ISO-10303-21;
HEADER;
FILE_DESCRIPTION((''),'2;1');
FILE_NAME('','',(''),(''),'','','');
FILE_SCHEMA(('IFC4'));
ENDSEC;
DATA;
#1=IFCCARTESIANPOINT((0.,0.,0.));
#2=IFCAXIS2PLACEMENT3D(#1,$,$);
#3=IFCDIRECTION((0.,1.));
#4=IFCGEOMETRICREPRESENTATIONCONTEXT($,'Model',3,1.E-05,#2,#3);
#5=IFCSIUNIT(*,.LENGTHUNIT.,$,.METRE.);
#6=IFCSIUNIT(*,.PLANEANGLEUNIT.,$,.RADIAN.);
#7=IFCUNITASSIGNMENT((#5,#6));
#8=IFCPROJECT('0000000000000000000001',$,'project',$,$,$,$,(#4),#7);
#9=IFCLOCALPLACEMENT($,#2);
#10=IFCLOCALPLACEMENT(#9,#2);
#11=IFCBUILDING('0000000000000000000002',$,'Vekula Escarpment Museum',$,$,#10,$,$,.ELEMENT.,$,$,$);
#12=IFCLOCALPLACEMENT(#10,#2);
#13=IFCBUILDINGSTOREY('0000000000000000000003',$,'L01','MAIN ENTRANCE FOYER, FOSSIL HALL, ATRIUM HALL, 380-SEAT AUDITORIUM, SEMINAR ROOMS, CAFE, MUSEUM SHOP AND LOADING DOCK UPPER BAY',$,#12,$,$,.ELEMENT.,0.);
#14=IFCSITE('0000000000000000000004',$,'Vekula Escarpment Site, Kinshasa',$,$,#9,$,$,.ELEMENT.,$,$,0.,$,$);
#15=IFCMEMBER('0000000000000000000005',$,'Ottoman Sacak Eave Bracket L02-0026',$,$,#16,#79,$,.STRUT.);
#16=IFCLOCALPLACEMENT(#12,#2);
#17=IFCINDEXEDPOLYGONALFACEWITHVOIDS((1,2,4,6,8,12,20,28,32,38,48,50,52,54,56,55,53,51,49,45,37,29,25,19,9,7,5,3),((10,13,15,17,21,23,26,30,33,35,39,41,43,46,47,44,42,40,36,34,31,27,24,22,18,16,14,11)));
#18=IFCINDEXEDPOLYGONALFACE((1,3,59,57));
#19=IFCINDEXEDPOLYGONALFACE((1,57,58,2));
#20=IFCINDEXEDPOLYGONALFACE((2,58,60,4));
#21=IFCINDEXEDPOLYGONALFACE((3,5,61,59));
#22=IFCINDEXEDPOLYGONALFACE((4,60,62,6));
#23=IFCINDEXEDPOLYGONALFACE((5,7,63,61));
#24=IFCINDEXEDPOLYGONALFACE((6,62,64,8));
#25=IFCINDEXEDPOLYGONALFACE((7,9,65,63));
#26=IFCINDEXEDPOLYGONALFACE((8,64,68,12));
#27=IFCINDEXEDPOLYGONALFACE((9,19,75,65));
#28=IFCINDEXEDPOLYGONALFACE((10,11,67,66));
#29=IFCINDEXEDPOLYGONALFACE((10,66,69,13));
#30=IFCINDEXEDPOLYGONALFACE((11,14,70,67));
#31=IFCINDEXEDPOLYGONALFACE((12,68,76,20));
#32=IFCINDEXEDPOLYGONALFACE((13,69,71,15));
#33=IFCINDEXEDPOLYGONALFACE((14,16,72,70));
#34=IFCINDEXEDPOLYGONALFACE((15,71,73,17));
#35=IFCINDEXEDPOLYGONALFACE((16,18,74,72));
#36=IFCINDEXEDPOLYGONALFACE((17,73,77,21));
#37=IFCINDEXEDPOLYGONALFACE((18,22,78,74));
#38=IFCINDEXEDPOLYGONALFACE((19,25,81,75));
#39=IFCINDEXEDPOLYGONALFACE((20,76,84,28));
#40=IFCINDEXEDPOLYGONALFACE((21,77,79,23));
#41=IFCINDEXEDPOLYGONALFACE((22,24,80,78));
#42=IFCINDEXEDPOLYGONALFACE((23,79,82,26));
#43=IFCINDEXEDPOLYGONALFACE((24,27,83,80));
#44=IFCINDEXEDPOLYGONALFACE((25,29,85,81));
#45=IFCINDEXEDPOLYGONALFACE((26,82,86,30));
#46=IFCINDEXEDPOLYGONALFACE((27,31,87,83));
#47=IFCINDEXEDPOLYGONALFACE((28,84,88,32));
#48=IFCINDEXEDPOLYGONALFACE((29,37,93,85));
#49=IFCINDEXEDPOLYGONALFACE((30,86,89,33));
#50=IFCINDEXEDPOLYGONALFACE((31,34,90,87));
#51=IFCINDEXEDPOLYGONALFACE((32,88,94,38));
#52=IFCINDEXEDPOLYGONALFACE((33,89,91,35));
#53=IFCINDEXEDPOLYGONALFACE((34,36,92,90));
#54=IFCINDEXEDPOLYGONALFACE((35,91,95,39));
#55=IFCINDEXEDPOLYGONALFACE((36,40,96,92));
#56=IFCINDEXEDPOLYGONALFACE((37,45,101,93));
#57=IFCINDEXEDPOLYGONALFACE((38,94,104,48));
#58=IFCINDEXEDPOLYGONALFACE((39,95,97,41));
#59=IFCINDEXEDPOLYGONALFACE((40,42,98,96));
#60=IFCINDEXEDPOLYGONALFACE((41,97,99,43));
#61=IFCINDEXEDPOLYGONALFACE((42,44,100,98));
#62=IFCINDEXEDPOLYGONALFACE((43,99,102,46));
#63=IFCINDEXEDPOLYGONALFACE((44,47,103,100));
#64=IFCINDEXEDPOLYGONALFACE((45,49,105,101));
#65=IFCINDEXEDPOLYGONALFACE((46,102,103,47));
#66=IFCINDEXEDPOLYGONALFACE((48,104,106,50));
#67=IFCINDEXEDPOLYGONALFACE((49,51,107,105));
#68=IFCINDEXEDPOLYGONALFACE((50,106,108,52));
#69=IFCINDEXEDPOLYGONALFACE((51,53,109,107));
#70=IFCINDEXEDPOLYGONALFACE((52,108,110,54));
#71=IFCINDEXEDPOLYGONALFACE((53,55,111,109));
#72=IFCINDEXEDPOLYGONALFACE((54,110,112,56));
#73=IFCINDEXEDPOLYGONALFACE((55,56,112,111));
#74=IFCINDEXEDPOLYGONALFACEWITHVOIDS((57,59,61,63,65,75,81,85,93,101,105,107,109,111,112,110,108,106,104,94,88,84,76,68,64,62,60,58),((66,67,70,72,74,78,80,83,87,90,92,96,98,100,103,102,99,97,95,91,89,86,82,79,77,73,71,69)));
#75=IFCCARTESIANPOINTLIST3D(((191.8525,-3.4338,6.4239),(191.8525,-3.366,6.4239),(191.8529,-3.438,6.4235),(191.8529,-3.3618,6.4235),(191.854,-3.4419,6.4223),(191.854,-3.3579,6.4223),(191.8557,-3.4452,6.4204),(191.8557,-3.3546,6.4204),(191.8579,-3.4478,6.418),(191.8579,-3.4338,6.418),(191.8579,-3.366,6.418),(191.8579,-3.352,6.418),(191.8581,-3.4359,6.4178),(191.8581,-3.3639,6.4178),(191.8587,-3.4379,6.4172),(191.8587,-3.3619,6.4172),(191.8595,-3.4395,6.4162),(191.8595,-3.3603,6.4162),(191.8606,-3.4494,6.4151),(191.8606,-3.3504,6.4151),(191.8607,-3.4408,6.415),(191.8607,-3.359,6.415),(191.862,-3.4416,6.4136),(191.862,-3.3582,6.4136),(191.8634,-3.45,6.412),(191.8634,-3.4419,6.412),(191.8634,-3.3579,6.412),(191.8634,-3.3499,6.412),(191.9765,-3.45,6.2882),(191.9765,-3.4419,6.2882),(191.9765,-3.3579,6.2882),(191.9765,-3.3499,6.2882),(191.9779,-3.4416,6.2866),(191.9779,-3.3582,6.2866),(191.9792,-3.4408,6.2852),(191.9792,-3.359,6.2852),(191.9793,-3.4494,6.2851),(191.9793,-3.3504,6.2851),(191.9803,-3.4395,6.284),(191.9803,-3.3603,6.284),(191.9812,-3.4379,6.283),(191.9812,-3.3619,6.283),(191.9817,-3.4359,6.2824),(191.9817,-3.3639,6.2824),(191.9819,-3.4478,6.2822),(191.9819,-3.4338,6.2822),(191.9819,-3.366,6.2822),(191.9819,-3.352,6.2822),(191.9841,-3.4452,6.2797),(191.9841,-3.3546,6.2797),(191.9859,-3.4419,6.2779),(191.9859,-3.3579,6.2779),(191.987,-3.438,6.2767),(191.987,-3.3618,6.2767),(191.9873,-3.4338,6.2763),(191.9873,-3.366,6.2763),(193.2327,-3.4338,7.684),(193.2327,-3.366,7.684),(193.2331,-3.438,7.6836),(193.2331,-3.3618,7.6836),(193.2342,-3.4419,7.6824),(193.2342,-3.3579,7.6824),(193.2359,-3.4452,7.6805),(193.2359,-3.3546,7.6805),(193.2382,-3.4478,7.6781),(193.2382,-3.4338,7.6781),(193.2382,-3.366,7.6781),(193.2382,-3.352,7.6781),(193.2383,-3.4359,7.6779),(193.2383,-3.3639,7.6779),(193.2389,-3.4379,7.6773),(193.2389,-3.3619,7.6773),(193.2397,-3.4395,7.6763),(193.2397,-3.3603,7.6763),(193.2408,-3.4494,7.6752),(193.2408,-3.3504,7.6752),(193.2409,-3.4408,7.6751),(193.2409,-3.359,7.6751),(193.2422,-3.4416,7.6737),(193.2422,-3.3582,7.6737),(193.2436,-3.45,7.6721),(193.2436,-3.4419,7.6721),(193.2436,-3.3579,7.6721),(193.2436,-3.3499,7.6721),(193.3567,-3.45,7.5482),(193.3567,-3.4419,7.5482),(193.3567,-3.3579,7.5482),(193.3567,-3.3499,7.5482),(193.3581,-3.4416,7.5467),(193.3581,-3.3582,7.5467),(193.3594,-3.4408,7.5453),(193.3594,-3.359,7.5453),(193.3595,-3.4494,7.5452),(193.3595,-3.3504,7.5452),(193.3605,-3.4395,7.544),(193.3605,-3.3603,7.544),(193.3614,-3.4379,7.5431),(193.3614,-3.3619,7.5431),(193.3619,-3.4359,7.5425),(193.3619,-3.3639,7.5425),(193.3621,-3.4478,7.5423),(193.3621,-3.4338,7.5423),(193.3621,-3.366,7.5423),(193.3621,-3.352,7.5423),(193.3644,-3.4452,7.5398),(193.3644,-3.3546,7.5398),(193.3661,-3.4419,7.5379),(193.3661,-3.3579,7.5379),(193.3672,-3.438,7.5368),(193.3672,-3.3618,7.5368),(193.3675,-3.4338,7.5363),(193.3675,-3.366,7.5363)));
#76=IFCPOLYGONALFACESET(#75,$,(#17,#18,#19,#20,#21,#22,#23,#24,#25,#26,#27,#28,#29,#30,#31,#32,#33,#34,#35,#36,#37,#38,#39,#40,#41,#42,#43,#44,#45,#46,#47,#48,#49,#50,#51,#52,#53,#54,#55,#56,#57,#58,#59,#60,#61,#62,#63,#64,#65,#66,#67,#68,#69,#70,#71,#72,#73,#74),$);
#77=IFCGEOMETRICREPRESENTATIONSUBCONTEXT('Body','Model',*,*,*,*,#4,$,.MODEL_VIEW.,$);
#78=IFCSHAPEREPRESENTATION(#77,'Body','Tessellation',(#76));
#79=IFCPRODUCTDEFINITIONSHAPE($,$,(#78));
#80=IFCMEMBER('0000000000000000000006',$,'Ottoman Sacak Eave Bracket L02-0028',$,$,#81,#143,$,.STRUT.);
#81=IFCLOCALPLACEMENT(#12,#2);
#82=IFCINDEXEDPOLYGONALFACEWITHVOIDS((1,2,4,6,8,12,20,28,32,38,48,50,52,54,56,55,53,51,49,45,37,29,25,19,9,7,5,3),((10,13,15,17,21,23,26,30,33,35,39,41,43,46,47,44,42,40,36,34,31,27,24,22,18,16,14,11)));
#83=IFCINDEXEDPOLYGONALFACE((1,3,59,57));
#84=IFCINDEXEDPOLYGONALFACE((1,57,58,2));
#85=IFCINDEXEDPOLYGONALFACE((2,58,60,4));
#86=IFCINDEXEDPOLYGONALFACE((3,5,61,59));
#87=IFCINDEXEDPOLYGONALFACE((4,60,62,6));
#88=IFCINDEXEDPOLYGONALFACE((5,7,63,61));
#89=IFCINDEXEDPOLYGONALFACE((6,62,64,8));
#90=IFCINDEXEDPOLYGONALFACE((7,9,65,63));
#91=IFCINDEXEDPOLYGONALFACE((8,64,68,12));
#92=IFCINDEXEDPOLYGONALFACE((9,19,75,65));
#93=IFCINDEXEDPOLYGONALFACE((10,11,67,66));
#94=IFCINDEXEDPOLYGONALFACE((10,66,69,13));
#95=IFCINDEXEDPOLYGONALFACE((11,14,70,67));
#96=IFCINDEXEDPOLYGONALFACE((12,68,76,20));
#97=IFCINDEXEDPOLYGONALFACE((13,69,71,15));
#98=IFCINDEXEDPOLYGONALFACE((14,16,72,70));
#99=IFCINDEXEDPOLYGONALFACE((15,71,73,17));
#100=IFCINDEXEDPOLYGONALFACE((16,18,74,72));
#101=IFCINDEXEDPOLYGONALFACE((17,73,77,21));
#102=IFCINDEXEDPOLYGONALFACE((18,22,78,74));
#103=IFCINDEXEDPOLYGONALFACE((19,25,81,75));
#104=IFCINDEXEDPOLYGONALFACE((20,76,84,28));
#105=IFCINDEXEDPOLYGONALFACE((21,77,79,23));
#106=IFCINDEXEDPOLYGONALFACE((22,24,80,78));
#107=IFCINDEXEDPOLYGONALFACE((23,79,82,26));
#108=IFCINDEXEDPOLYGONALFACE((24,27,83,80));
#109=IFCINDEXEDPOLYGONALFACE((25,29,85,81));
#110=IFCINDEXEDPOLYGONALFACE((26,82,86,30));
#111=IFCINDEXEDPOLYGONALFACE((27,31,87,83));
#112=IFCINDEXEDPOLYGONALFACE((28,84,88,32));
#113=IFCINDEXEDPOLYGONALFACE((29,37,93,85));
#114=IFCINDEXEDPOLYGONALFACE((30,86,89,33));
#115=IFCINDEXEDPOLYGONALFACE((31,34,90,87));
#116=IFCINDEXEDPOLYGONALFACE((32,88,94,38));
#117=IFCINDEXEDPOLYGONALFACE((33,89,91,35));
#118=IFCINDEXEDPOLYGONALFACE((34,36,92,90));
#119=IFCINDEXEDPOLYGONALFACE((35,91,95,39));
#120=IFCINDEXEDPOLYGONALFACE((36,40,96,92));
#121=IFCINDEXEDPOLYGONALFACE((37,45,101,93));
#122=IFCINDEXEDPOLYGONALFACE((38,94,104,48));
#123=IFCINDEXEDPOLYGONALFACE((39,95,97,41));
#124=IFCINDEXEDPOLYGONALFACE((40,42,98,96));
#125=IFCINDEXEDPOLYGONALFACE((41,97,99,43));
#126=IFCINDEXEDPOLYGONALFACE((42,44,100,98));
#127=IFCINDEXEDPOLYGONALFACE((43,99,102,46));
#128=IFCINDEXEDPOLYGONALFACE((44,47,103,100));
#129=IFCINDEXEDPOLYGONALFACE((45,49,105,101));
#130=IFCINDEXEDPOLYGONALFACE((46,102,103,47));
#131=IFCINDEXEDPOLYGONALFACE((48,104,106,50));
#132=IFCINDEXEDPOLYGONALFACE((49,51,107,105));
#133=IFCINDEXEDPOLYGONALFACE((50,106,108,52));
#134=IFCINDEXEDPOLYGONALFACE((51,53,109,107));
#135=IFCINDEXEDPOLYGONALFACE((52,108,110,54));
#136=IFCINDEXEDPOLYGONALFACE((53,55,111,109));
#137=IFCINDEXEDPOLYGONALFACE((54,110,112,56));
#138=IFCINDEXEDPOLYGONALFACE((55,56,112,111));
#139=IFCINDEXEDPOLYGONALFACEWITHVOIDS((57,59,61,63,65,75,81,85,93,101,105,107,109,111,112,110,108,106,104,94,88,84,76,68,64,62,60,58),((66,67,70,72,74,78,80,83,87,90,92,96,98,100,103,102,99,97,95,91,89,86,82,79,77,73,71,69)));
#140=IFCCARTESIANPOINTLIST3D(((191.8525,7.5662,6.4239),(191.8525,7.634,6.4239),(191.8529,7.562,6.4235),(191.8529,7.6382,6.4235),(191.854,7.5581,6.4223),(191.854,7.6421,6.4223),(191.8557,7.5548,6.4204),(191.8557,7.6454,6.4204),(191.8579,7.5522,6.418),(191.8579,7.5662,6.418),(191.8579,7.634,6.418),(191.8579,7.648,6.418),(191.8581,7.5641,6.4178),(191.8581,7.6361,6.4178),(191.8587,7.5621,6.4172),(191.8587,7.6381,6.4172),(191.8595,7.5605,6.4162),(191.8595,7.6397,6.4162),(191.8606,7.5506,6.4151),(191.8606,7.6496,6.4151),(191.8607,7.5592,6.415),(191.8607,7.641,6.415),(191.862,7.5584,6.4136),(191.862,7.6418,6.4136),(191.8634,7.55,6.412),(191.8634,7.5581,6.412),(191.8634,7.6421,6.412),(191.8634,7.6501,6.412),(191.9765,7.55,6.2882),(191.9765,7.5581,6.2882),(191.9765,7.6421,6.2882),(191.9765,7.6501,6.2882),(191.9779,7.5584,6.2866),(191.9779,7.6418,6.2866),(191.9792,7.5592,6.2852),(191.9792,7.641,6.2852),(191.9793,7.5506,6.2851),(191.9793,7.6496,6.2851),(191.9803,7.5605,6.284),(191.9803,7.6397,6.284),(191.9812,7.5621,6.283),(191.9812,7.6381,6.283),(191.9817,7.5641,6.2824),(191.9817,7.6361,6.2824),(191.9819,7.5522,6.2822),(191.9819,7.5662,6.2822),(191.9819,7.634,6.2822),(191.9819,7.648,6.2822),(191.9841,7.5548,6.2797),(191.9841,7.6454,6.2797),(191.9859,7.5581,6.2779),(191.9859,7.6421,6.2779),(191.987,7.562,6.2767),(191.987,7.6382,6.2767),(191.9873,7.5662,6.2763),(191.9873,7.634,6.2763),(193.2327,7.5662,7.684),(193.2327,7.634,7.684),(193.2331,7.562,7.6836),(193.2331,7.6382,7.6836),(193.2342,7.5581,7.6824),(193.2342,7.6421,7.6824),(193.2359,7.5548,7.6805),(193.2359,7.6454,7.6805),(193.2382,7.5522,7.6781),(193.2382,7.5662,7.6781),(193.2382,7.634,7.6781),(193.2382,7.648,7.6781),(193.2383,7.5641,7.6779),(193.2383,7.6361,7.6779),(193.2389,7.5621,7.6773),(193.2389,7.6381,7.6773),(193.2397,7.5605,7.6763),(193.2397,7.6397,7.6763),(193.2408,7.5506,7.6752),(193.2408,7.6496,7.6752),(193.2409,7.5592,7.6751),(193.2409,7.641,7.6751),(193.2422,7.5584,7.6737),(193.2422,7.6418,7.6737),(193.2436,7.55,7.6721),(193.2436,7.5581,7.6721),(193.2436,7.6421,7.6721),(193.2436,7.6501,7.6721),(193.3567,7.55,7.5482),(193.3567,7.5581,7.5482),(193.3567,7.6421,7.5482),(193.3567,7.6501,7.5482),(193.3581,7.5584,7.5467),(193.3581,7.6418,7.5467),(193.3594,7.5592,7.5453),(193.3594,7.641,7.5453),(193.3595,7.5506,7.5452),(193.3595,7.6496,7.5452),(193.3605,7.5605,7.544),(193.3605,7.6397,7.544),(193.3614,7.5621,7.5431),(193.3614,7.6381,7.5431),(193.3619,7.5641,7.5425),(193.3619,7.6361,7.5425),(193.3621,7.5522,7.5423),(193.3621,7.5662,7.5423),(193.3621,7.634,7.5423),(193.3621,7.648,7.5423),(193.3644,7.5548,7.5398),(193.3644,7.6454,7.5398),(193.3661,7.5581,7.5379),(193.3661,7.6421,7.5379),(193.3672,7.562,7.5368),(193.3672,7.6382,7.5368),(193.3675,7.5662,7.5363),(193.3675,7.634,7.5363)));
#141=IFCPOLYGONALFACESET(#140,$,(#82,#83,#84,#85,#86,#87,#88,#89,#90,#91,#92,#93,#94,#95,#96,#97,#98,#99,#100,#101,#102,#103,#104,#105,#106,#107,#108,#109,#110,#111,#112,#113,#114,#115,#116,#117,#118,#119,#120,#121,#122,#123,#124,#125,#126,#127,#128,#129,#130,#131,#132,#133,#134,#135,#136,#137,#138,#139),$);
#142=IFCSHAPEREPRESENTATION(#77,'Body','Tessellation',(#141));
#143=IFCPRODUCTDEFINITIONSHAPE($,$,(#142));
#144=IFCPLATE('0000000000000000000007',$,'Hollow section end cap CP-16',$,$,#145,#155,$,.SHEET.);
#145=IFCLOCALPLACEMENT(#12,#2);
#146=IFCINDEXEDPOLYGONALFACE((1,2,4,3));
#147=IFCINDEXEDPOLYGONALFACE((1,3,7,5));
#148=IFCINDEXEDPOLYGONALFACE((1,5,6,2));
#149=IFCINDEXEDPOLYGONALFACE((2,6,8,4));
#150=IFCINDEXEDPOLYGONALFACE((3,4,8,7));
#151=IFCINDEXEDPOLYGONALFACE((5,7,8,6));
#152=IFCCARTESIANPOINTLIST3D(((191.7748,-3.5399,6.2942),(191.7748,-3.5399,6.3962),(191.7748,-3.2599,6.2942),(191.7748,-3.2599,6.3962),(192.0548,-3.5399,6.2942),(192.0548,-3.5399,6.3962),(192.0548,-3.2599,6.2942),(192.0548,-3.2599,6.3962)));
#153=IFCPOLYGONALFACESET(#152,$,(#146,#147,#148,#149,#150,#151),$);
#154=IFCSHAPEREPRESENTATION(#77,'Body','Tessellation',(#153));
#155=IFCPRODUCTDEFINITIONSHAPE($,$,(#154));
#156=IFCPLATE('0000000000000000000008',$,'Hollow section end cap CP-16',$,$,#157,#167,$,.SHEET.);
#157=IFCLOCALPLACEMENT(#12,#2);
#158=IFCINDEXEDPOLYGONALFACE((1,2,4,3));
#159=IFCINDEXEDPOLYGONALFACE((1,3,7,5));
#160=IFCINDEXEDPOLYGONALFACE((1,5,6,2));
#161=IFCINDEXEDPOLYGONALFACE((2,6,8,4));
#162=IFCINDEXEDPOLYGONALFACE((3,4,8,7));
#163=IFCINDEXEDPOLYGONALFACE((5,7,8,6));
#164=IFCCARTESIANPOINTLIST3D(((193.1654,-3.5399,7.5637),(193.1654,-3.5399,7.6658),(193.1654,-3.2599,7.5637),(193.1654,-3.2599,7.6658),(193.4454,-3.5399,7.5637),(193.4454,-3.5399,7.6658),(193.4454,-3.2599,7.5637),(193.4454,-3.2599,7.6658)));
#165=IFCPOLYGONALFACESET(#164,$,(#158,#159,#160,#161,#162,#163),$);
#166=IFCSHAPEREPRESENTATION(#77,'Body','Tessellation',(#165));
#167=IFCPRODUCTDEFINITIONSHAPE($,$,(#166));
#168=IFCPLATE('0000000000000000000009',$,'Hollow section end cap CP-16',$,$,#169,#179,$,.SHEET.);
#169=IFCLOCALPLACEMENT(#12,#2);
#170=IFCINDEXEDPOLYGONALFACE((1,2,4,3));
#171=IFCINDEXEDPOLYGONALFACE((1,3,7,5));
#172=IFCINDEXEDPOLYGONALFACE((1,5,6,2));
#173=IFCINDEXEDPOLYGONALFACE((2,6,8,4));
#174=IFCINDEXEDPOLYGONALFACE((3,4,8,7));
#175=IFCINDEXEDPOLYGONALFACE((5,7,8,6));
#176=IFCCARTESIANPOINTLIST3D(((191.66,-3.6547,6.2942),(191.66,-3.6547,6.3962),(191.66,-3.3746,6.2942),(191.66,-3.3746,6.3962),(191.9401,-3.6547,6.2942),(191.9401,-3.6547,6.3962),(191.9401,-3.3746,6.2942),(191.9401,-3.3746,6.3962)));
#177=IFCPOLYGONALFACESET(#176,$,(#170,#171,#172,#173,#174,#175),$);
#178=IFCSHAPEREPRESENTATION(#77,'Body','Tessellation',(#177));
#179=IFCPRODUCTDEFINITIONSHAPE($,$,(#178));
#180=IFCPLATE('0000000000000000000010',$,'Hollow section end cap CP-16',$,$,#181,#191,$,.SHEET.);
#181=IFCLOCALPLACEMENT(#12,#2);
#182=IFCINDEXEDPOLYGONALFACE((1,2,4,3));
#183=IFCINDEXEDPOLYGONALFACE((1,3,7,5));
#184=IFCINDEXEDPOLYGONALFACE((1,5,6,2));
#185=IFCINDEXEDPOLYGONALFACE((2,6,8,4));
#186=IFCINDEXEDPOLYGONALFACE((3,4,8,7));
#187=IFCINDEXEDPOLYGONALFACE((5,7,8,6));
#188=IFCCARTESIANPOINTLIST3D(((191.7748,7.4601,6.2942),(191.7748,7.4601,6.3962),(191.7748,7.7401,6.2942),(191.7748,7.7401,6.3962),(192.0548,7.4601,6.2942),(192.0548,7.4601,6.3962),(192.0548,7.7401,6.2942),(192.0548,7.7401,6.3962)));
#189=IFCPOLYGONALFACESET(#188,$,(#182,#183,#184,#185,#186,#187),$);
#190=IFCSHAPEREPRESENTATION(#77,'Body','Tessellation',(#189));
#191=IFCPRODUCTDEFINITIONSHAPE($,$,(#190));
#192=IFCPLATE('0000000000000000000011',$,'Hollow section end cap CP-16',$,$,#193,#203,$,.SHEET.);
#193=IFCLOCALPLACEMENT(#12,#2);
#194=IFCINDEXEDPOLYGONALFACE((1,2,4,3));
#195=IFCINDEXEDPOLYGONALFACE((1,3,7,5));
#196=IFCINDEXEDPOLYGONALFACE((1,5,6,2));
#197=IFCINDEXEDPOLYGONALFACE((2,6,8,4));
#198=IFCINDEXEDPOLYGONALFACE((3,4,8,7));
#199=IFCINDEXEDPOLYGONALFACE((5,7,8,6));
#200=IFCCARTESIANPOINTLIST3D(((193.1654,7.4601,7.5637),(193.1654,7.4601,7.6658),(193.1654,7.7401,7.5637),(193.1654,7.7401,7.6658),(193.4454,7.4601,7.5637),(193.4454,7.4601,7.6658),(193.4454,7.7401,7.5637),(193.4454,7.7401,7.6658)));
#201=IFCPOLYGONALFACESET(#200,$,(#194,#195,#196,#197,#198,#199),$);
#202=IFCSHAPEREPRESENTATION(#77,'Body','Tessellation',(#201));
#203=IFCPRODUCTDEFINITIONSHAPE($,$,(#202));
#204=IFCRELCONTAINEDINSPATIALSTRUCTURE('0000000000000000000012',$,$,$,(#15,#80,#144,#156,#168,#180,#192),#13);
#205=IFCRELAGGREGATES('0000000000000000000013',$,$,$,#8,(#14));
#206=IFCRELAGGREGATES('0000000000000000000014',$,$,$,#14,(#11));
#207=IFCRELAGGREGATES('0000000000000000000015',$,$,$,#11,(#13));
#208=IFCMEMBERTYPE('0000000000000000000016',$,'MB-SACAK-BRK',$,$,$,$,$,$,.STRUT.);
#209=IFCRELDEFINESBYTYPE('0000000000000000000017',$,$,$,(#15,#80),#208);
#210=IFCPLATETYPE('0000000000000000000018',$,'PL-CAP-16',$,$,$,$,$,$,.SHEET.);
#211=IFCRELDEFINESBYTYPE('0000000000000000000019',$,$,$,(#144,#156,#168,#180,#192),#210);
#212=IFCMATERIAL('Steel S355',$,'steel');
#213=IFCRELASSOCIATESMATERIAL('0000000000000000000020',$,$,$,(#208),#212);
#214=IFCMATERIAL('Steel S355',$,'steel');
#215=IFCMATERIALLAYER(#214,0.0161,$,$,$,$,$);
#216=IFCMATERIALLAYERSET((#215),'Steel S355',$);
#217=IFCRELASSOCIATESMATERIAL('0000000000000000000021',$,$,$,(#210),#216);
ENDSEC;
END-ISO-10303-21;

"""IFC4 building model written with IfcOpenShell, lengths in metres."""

from ifc_helpers import new_model, si_unit, direction, frame, origin, origin_2d, place, context, subcontext, project, spatial, rectangle, hollow_rectangle, extrude, material, layer, layer_set, material_profile, profile_set, type_object, element, save


model = new_model("IFC4")

# Units and contexts
model_context = context("Model", 3, precision=1e-05, world=origin(), true_north=direction((0.0, 1.0)))
body_context = subcontext(model_context, "Body", "Model", "MODEL_VIEW")
ifc_project = project(units=[si_unit("LENGTHUNIT", "METRE"), si_unit("PLANEANGLEUNIT", "RADIAN")], contexts=[model_context])

# Site, building, storey
site_placement = place(None, origin())
site = spatial("IfcSite", under=ifc_project, at=site_placement, Name="Vekula Escarpment Site, Kinshasa", CompositionType="ELEMENT", RefElevation=0.0)
building_placement = place(site_placement, origin())
building = spatial("IfcBuilding", under=site, at=building_placement, Name="Vekula Escarpment Museum", CompositionType="ELEMENT")
storey_placement = place(building_placement, origin())
storey = spatial("IfcBuildingStorey", under=building, at=storey_placement, Name="L01", Description="MAIN ENTRANCE FOYER, FOSSIL HALL, ATRIUM HALL, 380-SEAT AUDITORIUM, SEMINAR ROOMS, CAFE, MUSEUM SHOP AND LOADING DOCK UPPER BAY", CompositionType="ELEMENT", Elevation=0.0)

# Members
ifc_material_1 = material(Name="Steel S355", Category="steel")
ifc_material_profile_1 = material_profile(ifc_material_1, hollow_rectangle(XDim=0.1001, YDim=0.2, WallThickness=0.0081, InnerFilletRadius=0.0081, OuterFilletRadius=0.0161, at=origin_2d()), Name="RHS 200x100x8")
ifc_profile_set_1 = profile_set([ifc_material_profile_1], Name="Steel S355")
member_type = type_object("IfcMemberType", Name="MB-SACAK-BRK", PredefinedType="STRUT", material=ifc_profile_set_1)
for number, where, z_axis, x_axis, name in (
    (1, (191.9199, -3.3999, 6.3501), (0.738514, 0.0, 0.674238), (0.0, 1.0, 0.0), "Ottoman Sacak Eave Bracket L02-0026"),
    (2, (191.9199, 7.6001, 6.3501), (0.738514, 0.0, 0.674238), (0.0, 1.0, 0.0), "Ottoman Sacak Eave Bracket L02-0028"),
):
    element("IfcMember", number, at=place(storey_placement, frame(where, z_axis=z_axis, x_axis=x_axis)), inside=storey, type_object=member_type, Name=name, PredefinedType="STRUT", context=body_context, shape_type="SweptSolid", body=[
        extrude(hollow_rectangle(XDim=0.1001, YDim=0.2, WallThickness=0.0081, InnerFilletRadius=0.0081, OuterFilletRadius=0.0161, at=origin_2d()), origin(), (0.0, 0.0, 1.0), 1.8689),
    ])

# Plates
ifc_material_2 = material(Name="Steel S355", Category="steel")
ifc_layer_1 = layer(ifc_material_2, 0.0161)
ifc_layer_set_1 = layer_set([ifc_layer_1], Name="Steel S355")
plate_type = type_object("IfcPlateType", Name="PL-CAP-16", PredefinedType="SHEET", material=ifc_layer_set_1)
for number, where, z_axis, x_axis, name in (
    (3, (191.9148, -3.3999, 6.2942), (0.0, 0.0, 1.0), (1.0, 0.0, 0.0), "Hollow section end cap CP-16"),
    (4, (193.3054, -3.3999, 7.5637), (0.0, 0.0, 1.0), (1.0, 0.0, 0.0), "Hollow section end cap CP-16"),
    (5, (191.8, -3.5146, 6.2942), (0.0, 0.0, 1.0), (1.0, 0.0, 0.0), "Hollow section end cap CP-16"),
    (6, (191.9148, 7.6001, 6.2942), (0.0, 0.0, 1.0), (1.0, 0.0, 0.0), "Hollow section end cap CP-16"),
    (7, (193.3054, 7.6001, 7.5637), (0.0, 0.0, 1.0), (1.0, 0.0, 0.0), "Hollow section end cap CP-16"),
):
    element("IfcPlate", number, at=place(storey_placement, frame(where, z_axis=z_axis, x_axis=x_axis)), inside=storey, type_object=plate_type, Name=name, PredefinedType="SHEET", context=body_context, shape_type="SweptSolid", body=[
        extrude(rectangle(XDim=0.28, YDim=0.28, at=origin_2d()), origin(), (0.0, 0.0, 1.0), 0.1021),
    ])

save(model, "model.ifc")
